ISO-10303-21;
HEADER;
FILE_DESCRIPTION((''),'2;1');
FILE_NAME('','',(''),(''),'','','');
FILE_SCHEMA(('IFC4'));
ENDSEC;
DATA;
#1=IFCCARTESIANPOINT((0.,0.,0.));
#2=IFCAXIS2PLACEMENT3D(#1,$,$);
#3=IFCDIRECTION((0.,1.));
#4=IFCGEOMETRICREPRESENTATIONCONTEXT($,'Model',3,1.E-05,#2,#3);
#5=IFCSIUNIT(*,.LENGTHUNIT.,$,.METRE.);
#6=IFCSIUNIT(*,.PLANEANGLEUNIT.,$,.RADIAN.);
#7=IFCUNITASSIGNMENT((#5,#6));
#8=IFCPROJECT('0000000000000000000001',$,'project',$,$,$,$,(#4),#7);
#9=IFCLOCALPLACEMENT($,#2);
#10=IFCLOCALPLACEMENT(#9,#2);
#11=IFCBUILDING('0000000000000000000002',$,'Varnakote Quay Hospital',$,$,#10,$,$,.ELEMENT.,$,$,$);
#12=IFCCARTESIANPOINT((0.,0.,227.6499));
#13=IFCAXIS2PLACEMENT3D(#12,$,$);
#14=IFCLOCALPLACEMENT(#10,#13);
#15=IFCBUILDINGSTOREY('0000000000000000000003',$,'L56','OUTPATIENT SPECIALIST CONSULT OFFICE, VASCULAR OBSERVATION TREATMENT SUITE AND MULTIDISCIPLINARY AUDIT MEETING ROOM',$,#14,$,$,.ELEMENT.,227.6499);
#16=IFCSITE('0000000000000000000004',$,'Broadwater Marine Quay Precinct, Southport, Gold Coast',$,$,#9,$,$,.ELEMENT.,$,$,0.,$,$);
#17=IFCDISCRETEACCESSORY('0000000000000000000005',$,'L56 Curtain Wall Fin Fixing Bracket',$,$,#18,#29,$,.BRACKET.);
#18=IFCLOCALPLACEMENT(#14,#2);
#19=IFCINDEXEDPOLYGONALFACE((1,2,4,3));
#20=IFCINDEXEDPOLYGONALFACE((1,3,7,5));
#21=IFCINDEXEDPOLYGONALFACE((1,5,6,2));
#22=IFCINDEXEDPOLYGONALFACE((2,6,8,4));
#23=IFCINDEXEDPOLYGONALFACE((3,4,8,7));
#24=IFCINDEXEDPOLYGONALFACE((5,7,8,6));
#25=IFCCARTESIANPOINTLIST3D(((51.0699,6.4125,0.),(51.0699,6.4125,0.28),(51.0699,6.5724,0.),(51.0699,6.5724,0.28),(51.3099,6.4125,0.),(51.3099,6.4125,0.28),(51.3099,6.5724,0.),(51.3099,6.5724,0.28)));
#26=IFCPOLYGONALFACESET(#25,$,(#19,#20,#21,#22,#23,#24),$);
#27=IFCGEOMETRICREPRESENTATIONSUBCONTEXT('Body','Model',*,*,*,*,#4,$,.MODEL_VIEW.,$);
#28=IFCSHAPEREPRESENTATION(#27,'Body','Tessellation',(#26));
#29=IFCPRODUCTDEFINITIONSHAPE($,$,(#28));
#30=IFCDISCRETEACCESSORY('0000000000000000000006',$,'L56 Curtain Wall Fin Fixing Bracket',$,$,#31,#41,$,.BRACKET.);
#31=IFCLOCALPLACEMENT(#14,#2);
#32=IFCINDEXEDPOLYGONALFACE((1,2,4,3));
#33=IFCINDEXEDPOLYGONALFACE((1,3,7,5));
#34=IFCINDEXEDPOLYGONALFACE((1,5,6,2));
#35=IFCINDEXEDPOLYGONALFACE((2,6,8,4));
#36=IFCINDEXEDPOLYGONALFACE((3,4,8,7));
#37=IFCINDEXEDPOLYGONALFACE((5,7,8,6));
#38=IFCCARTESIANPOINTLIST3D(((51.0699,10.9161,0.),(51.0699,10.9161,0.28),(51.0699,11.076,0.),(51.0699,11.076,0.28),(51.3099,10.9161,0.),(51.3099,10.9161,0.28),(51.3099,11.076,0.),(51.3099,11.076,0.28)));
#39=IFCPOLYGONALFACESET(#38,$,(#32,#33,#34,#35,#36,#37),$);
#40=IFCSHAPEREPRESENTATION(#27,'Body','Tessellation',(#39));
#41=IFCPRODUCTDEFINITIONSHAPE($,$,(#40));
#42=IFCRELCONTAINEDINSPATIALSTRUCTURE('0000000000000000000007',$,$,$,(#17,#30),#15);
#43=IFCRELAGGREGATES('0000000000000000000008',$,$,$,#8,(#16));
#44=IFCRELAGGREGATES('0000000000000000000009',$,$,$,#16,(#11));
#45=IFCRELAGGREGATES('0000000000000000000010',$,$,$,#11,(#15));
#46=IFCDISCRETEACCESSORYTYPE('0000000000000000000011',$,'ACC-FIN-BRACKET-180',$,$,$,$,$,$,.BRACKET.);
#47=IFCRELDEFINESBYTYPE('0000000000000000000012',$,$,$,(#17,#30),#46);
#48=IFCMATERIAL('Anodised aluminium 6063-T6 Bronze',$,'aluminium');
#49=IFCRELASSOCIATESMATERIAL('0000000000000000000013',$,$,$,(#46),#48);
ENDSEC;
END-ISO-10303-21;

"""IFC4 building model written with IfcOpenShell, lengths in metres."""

from ifc_helpers import new_model, si_unit, direction, frame, origin, origin_2d, place, context, subcontext, project, spatial, rectangle, extrude, material, type_object, element, save


model = new_model("IFC4")

# Units and contexts
model_context = context("Model", 3, precision=1e-05, world=origin(), true_north=direction((0.0, 1.0)))
body_context = subcontext(model_context, "Body", "Model", "MODEL_VIEW")
ifc_project = project(units=[si_unit("LENGTHUNIT", "METRE"), si_unit("PLANEANGLEUNIT", "RADIAN")], contexts=[model_context])

# Site, building, storey
site_placement = place(None, origin())
site = spatial("IfcSite", under=ifc_project, at=site_placement, Name="Broadwater Marine Quay Precinct, Southport, Gold Coast", CompositionType="ELEMENT", RefElevation=0.0)
building_placement = place(site_placement, origin())
building = spatial("IfcBuilding", under=site, at=building_placement, Name="Varnakote Quay Hospital", CompositionType="ELEMENT")
storey_placement = place(building_placement, frame((0.0, 0.0, 227.6499)))
storey = spatial("IfcBuildingStorey", under=building, at=storey_placement, Name="L56", Description="OUTPATIENT SPECIALIST CONSULT OFFICE, VASCULAR OBSERVATION TREATMENT SUITE AND MULTIDISCIPLINARY AUDIT MEETING ROOM", CompositionType="ELEMENT", Elevation=227.6499)

# Discrete accessories
ifc_material_1 = material(Name="Anodised aluminium 6063-T6 Bronze", Category="aluminium")
discrete_accessory_type = type_object("IfcDiscreteAccessoryType", Name="ACC-FIN-BRACKET-180", PredefinedType="BRACKET", material=ifc_material_1)
for number, where, z_axis, x_axis, name in (
    (1, (51.1899, 6.4924, 0.0), (0.0, 0.0, 1.0), (0.0, 1.0, 0.0), "L56 Curtain Wall Fin Fixing Bracket"),
    (2, (51.1899, 10.9961, 0.0), (0.0, 0.0, 1.0), (0.0, 1.0, 0.0), "L56 Curtain Wall Fin Fixing Bracket"),
):
    element("IfcDiscreteAccessory", number, at=place(storey_placement, frame(where, z_axis=z_axis, x_axis=x_axis)), inside=storey, type_object=discrete_accessory_type, Name=name, PredefinedType="BRACKET", context=body_context, shape_type="SweptSolid", body=[
        extrude(rectangle(XDim=0.1599, YDim=0.24, at=origin_2d()), origin(), (0.0, 0.0, 1.0), 0.28),
    ])

save(model, "model.ifc")
